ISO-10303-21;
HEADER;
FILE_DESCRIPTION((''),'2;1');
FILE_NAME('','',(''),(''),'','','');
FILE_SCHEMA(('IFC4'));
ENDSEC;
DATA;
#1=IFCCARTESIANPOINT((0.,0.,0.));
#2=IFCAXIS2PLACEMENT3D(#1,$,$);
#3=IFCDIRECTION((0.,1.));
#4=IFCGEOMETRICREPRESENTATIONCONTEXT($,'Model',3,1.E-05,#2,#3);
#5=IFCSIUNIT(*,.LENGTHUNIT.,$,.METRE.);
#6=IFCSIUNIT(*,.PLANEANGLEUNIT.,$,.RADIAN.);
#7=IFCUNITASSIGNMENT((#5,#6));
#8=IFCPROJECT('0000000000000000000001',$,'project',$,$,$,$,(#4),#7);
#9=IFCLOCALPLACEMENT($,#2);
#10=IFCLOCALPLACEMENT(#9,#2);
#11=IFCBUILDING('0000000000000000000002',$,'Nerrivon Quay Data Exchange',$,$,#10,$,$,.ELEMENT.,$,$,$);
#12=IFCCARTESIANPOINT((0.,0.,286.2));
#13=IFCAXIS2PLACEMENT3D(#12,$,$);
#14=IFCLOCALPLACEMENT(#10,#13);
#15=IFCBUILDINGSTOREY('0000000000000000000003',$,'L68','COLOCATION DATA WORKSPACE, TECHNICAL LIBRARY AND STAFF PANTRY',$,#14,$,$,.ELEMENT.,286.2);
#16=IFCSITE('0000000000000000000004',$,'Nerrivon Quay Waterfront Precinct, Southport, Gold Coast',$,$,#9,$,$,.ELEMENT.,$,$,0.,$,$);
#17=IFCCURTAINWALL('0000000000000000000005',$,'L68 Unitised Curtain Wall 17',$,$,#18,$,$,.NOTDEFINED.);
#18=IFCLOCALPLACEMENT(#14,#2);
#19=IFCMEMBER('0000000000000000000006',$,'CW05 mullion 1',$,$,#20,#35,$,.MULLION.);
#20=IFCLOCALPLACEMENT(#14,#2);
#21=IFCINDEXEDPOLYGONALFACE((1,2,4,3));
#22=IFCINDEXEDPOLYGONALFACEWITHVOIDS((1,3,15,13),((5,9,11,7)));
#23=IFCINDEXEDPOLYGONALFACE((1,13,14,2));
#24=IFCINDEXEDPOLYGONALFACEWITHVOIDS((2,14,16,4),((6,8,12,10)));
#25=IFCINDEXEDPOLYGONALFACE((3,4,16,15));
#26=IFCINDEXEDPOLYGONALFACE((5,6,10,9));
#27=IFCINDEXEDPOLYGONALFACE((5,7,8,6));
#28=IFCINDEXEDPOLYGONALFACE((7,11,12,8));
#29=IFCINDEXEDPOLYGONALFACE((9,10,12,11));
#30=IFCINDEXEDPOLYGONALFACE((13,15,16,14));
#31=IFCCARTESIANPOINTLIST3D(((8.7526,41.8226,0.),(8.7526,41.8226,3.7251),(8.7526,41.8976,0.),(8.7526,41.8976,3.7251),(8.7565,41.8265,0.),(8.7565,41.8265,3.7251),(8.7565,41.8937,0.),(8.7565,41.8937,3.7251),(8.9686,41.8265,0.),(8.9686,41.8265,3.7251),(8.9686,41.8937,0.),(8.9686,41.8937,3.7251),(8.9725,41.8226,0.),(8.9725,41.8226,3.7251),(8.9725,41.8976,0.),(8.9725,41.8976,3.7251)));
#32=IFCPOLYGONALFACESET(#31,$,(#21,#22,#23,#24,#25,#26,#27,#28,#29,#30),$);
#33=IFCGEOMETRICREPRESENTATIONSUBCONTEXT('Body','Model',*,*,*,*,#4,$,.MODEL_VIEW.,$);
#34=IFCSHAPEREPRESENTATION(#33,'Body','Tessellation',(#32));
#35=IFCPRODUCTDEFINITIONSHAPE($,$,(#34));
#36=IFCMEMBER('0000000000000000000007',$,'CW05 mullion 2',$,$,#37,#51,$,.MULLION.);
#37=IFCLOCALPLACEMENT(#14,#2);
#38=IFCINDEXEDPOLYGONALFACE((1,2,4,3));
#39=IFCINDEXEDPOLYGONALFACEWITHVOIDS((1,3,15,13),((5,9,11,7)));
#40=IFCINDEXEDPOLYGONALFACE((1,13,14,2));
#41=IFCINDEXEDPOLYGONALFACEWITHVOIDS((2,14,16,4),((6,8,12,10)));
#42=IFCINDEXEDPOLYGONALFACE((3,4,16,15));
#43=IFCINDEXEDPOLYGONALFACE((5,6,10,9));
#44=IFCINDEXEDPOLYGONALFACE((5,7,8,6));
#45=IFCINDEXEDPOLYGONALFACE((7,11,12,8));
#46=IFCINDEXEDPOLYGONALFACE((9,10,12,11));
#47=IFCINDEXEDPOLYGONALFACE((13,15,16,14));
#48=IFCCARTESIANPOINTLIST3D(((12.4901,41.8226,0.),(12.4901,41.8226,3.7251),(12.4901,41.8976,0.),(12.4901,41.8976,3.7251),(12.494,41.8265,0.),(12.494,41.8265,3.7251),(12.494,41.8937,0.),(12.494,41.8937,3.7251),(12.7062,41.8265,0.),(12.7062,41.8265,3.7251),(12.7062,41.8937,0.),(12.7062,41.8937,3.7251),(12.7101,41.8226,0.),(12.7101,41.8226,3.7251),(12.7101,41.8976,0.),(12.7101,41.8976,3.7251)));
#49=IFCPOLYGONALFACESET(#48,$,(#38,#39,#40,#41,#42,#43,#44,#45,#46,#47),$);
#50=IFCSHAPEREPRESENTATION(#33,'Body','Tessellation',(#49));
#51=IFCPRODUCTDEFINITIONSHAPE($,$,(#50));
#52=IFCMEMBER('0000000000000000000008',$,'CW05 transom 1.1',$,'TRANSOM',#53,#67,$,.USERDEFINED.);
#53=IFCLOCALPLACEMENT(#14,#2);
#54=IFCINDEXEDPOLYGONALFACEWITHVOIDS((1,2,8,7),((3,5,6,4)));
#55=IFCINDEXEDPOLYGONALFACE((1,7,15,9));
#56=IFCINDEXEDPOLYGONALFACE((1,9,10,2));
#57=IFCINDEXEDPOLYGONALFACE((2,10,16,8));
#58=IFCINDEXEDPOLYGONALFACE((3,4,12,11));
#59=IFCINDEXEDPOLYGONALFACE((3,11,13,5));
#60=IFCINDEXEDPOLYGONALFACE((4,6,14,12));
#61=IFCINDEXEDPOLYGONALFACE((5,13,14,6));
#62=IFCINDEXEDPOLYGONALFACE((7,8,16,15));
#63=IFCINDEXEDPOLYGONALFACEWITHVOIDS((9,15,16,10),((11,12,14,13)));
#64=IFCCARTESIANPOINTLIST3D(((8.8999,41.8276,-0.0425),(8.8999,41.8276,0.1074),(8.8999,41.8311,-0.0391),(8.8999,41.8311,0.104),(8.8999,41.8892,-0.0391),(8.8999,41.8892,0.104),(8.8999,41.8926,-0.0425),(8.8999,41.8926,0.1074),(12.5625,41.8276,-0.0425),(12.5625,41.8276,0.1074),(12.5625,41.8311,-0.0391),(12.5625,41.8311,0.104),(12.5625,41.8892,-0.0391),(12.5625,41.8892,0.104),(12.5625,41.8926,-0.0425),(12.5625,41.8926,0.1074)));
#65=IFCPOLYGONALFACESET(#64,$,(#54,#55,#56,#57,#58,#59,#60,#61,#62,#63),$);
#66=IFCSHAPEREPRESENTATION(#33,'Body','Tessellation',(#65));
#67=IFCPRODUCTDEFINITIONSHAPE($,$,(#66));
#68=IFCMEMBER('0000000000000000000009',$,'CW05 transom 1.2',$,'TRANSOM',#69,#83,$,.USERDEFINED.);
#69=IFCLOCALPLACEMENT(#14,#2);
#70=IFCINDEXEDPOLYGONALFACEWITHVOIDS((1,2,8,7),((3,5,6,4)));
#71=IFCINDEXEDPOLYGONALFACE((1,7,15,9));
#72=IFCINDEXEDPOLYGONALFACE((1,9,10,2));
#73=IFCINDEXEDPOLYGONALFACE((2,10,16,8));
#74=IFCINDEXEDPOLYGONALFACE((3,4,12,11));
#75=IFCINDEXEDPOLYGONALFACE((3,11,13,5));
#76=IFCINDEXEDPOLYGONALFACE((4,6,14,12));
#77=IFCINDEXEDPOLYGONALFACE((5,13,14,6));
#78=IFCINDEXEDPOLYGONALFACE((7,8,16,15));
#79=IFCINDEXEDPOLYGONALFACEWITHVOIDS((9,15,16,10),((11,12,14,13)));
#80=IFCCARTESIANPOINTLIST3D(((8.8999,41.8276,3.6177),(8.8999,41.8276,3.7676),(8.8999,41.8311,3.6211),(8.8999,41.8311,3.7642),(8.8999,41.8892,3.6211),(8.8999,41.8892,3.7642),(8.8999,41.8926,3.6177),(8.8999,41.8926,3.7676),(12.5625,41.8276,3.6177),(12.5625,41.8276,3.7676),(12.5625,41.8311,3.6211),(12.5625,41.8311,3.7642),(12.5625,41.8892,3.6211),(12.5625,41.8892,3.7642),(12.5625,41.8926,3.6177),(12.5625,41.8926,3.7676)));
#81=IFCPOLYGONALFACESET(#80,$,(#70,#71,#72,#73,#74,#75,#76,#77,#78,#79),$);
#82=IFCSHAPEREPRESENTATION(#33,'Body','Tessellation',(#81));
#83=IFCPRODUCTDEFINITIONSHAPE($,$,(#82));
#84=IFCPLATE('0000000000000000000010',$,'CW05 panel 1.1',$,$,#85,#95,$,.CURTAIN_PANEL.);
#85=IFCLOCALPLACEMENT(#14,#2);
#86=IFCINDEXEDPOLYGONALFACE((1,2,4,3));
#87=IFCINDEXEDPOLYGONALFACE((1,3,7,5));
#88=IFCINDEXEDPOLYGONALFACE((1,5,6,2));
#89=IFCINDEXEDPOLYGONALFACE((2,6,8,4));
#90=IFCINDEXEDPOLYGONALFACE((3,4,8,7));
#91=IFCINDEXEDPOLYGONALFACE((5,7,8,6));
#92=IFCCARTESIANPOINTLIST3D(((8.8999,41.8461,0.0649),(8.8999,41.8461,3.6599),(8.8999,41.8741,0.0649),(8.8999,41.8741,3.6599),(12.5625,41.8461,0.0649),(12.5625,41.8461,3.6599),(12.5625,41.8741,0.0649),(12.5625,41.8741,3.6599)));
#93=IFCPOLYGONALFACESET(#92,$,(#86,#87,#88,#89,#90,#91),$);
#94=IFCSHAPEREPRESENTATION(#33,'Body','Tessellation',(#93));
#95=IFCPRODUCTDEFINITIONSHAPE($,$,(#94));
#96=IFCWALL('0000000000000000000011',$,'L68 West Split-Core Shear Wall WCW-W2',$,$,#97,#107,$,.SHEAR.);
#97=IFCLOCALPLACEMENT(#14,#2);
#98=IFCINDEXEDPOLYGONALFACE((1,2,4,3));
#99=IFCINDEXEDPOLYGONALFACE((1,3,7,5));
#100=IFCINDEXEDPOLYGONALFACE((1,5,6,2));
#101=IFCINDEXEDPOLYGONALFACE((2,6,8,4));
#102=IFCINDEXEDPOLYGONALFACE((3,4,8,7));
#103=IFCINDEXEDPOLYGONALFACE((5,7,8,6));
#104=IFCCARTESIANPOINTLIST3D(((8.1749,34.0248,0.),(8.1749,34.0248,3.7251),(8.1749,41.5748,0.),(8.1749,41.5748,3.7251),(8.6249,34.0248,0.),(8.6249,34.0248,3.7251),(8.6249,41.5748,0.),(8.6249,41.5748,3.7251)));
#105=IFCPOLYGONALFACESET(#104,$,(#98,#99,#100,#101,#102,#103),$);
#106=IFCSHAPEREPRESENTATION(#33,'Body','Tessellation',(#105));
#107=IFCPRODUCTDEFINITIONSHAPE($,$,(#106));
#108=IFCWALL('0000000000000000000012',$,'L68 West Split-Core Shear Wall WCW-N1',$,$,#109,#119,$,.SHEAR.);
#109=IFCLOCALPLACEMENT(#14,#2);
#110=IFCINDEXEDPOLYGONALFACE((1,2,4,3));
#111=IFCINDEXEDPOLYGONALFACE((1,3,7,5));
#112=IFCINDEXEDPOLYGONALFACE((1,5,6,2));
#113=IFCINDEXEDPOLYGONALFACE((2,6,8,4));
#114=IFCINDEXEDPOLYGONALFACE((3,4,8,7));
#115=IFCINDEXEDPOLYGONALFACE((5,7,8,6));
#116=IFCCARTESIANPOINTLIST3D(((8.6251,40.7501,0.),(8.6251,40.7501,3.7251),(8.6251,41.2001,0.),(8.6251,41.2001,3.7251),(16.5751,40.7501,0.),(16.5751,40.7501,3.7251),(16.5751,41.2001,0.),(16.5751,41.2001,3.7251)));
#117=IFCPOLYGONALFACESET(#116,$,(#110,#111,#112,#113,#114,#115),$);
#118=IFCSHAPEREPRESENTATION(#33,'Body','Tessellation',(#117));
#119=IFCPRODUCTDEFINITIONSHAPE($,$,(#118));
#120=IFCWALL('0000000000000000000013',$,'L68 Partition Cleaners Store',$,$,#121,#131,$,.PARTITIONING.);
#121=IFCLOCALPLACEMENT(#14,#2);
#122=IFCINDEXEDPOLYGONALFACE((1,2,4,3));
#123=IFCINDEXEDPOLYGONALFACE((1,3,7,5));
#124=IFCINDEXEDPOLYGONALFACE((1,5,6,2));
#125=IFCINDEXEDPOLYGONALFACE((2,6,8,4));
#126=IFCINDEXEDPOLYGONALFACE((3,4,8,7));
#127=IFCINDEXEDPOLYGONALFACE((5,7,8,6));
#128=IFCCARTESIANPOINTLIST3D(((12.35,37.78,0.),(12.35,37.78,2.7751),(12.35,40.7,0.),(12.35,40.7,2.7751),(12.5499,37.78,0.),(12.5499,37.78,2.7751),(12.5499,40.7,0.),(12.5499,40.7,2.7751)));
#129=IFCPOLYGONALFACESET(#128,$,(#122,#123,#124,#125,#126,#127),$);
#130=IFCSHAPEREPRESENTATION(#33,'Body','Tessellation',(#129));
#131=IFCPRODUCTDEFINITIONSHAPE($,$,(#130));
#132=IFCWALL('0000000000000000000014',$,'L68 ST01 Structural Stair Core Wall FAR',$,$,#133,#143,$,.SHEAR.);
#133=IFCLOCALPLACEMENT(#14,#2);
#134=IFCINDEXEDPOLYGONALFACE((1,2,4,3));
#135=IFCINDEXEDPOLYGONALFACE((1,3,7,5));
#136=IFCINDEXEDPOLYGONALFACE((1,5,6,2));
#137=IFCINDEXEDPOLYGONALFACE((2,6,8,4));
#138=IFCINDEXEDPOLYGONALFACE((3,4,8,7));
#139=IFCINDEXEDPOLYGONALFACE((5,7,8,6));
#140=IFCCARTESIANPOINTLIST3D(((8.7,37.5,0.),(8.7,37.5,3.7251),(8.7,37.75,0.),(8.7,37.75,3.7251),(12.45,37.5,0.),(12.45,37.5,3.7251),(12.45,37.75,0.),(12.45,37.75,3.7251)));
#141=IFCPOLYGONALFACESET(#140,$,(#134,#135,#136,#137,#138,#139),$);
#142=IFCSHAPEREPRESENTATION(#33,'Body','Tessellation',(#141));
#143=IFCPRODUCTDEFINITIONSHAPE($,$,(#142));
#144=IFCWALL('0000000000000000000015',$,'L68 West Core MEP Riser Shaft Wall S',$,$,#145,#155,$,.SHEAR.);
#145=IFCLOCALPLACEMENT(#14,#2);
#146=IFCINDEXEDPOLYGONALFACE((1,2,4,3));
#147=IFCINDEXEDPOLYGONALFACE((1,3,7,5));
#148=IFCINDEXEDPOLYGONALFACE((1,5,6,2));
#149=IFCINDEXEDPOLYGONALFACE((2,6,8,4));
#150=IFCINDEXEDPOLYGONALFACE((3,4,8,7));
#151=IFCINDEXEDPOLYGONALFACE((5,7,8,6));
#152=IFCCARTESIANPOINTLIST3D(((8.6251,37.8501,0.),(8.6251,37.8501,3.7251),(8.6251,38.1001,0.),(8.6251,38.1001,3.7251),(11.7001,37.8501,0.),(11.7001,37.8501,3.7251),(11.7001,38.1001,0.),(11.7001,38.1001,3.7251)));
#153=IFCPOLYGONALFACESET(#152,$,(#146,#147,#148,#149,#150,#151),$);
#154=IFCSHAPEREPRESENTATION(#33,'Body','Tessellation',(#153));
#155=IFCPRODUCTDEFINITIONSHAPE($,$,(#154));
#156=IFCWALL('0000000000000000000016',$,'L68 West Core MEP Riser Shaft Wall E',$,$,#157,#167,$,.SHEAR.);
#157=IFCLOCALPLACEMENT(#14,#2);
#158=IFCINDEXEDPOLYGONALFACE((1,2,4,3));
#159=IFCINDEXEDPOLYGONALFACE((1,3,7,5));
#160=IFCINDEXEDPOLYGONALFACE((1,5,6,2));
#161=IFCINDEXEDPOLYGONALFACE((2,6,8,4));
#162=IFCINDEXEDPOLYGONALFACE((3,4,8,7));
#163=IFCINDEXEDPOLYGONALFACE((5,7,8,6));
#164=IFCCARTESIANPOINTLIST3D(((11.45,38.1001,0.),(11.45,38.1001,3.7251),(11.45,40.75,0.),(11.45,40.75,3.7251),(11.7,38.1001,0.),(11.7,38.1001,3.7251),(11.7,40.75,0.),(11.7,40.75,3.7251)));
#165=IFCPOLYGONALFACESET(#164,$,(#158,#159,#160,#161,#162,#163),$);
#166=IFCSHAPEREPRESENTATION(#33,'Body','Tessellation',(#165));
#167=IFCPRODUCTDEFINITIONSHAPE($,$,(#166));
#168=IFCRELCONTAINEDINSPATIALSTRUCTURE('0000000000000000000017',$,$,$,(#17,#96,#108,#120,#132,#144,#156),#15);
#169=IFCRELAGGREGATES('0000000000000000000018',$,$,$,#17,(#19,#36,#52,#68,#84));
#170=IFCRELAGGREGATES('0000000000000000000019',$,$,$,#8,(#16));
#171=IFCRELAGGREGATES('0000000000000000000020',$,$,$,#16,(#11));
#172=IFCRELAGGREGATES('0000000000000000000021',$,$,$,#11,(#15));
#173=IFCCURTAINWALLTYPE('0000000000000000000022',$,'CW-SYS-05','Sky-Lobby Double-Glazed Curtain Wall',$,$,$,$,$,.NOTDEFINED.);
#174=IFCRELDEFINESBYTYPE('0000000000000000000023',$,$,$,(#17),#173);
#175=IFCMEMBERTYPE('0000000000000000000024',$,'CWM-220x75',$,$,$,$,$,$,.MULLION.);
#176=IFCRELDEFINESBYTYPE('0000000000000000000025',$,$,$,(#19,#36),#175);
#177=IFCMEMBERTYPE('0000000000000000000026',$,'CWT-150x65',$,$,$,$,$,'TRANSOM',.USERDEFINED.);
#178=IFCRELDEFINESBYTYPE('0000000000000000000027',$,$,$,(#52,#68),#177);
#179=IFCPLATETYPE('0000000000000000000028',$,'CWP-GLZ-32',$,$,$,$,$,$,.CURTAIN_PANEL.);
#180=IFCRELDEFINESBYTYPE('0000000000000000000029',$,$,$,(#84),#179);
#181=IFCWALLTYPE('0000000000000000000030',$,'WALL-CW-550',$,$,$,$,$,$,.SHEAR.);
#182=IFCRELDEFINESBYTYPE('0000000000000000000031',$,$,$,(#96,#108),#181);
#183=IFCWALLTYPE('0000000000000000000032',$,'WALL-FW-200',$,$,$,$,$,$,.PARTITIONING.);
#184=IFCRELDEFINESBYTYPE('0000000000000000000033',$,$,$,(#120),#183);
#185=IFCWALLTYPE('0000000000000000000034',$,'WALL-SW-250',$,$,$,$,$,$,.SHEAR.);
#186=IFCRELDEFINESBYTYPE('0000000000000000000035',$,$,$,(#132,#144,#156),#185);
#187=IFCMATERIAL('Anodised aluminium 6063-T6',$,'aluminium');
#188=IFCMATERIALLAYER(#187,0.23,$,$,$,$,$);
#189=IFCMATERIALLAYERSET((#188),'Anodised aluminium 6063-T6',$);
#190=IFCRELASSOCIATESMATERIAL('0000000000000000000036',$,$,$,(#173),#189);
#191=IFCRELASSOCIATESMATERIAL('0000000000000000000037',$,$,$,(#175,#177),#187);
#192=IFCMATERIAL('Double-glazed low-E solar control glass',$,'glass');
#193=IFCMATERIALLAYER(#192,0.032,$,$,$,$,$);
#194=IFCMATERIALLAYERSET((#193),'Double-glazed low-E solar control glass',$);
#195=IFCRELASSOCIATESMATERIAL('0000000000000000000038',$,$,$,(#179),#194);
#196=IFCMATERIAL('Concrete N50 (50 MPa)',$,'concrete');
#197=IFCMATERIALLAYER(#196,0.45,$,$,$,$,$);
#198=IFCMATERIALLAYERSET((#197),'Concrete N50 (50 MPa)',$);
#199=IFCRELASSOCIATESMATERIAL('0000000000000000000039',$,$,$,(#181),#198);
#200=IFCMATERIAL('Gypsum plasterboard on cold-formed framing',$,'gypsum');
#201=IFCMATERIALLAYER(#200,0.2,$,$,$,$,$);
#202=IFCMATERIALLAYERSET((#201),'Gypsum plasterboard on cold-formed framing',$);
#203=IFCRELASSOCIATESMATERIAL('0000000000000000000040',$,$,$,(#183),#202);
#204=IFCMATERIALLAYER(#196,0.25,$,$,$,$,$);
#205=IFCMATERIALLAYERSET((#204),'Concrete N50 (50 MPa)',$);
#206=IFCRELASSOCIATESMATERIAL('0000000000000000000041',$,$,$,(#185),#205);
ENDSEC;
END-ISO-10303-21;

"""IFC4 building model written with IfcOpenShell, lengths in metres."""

from ifc_helpers import new_model, si_unit, direction, frame, frame_2d, origin, origin_2d, place, context, subcontext, project, spatial, rectangle, hollow_rectangle, extrude, material, layer, layer_set, material_profile, profile_set, type_object, element, aggregate, save


model = new_model("IFC4")

# Units and contexts
model_context = context("Model", 3, precision=1e-05, world=origin(), true_north=direction((0.0, 1.0)))
body_context = subcontext(model_context, "Body", "Model", "MODEL_VIEW")
ifc_project = project(units=[si_unit("LENGTHUNIT", "METRE"), si_unit("PLANEANGLEUNIT", "RADIAN")], contexts=[model_context])

# Site, building, storey
site_placement = place(None, origin())
site = spatial("IfcSite", under=ifc_project, at=site_placement, Name="Nerrivon Quay Waterfront Precinct, Southport, Gold Coast", CompositionType="ELEMENT", RefElevation=0.0)
building_placement = place(site_placement, origin())
building = spatial("IfcBuilding", under=site, at=building_placement, Name="Nerrivon Quay Data Exchange", CompositionType="ELEMENT")
storey_placement = place(building_placement, frame((0.0, 0.0, 286.2)))
storey = spatial("IfcBuildingStorey", under=building, at=storey_placement, Name="L68", Description="COLOCATION DATA WORKSPACE, TECHNICAL LIBRARY AND STAFF PANTRY", CompositionType="ELEMENT", Elevation=286.2)

# Shared definitions
ifc_material_1 = material(Name="Concrete N50 (50 MPa)", Category="concrete")

# Shared definitions
ifc_material_2 = material(Name="Anodised aluminium 6063-T6", Category="aluminium")
ifc_layer_1 = layer(ifc_material_2, 0.23)
ifc_layer_set_1 = layer_set([ifc_layer_1], Name="Anodised aluminium 6063-T6")
curtain_wall_type = type_object("IfcCurtainWallType", Name="CW-SYS-05", Description="Sky-Lobby Double-Glazed Curtain Wall", PredefinedType="NOTDEFINED", material=ifc_layer_set_1)
ifc_material_profile_1 = material_profile(ifc_material_2, hollow_rectangle(XDim=0.075, YDim=0.22, WallThickness=0.0039, at=origin_2d()), Name="ALU-MULL-220x75")
ifc_profile_set_1 = profile_set([ifc_material_profile_1], Name="Anodised aluminium 6063-T6")
member_type_1 = type_object("IfcMemberType", Name="CWM-220x75", PredefinedType="MULLION", material=ifc_profile_set_1)

# Curtain wall, members, plate
curtain_wall_1_placement = place(storey_placement, origin())
curtain_wall_1 = element("IfcCurtainWall", 1, at=curtain_wall_1_placement, inside=storey, type_object=curtain_wall_type, Name="L68 Unitised Curtain Wall 17", PredefinedType="NOTDEFINED")
member_1_placement = place(storey_placement, frame((8.8625, 41.8601, 0.0), z_axis=(0.0, 0.0, 1.0), x_axis=(0.0, 1.0, 0.0)))
member_1 = element("IfcMember", 2, at=member_1_placement, type_object=member_type_1, Name="CW05 mullion 1", PredefinedType="MULLION", context=body_context, shape_type="SweptSolid", body=[
    extrude(hollow_rectangle(XDim=0.075, YDim=0.22, WallThickness=0.0039, at=origin_2d()), origin(), (0.0, 0.0, 1.0), 3.7251),
])
member_2_placement = place(storey_placement, frame((12.6001, 41.8601, 0.0), z_axis=(0.0, 0.0, 1.0), x_axis=(0.0, 1.0, 0.0)))
member_2 = element("IfcMember", 3, at=member_2_placement, type_object=member_type_1, Name="CW05 mullion 2", PredefinedType="MULLION", context=body_context, shape_type="SweptSolid", body=[
    extrude(hollow_rectangle(XDim=0.075, YDim=0.22, WallThickness=0.0039, at=origin_2d()), origin(), (0.0, 0.0, 1.0), 3.7251),
])
ifc_material_profile_2 = material_profile(ifc_material_2, hollow_rectangle(XDim=0.0649, YDim=0.1499, WallThickness=0.0034, at=origin_2d()), Name="ALU-TRAN-150x65")
ifc_profile_set_2 = profile_set([ifc_material_profile_2], Name="Anodised aluminium 6063-T6")
member_type_2 = type_object("IfcMemberType", Name="CWT-150x65", ElementType="TRANSOM", PredefinedType="USERDEFINED", material=ifc_profile_set_2)
member_3_placement = place(storey_placement, frame((8.8999, 41.8601, 0.0325), z_axis=(1.0, 0.0, 0.0), x_axis=(0.0, 1.0, 0.0)))
member_3 = element("IfcMember", 4, at=member_3_placement, type_object=member_type_2, Name="CW05 transom 1.1", ObjectType="TRANSOM", PredefinedType="USERDEFINED", context=body_context, shape_type="SweptSolid", body=[
    extrude(hollow_rectangle(XDim=0.0649, YDim=0.1499, WallThickness=0.0034, at=origin_2d()), origin(), (0.0, 0.0, 1.0), 3.6626),
])
member_4_placement = place(storey_placement, frame((8.8999, 41.8601, 3.6926), z_axis=(1.0, 0.0, 0.0), x_axis=(0.0, 1.0, 0.0)))
member_4 = element("IfcMember", 5, at=member_4_placement, type_object=member_type_2, Name="CW05 transom 1.2", ObjectType="TRANSOM", PredefinedType="USERDEFINED", context=body_context, shape_type="SweptSolid", body=[
    extrude(hollow_rectangle(XDim=0.0649, YDim=0.1499, WallThickness=0.0034, at=origin_2d()), origin(), (0.0, 0.0, 1.0), 3.6626),
])
ifc_material_3 = material(Name="Double-glazed low-E solar control glass", Category="glass")
ifc_layer_2 = layer(ifc_material_3, 0.032)
ifc_layer_set_2 = layer_set([ifc_layer_2], Name="Double-glazed low-E solar control glass")
plate_type = type_object("IfcPlateType", Name="CWP-GLZ-32", PredefinedType="CURTAIN_PANEL", material=ifc_layer_set_2)
plate_placement = place(storey_placement, frame((10.7312, 41.8601, 0.0649), z_axis=(0.0, 0.0, 1.0), x_axis=(1.0, 0.0, 0.0)))
plate = element("IfcPlate", 6, at=plate_placement, type_object=plate_type, Name="CW05 panel 1.1", PredefinedType="CURTAIN_PANEL", context=body_context, shape_type="SweptSolid", body=[
    extrude(rectangle(XDim=3.6626, YDim=0.0281, at=origin_2d()), origin(), (0.0, 0.0, 1.0), 3.595),
])
aggregate(curtain_wall_1, [member_1, member_2, member_3, member_4, plate])

# Walls
ifc_layer_3 = layer(ifc_material_1, 0.45)
ifc_layer_set_3 = layer_set([ifc_layer_3], Name="Concrete N50 (50 MPa)")
wall_type_1 = type_object("IfcWallType", Name="WALL-CW-550", PredefinedType="SHEAR", material=ifc_layer_set_3)
wall_1_placement = place(storey_placement, frame((8.3999, 34.0249, 0.0), z_axis=(0.0, 0.0, 1.0), x_axis=(0.0, 1.0, 0.0)))
element("IfcWall", 7, at=wall_1_placement, inside=storey, type_object=wall_type_1, Name="L68 West Split-Core Shear Wall WCW-W2", PredefinedType="SHEAR", context=body_context, shape_type="SweptSolid", body=[
    extrude(rectangle(XDim=7.55, YDim=0.45, at=frame_2d((3.7749, 0.0))), origin(), (0.0, 0.0, 1.0), 3.7251),
])
wall_2_placement = place(storey_placement, frame((8.625, 40.9751, 0.0), z_axis=(0.0, 0.0, 1.0), x_axis=(1.0, 0.0, 0.0)))
element("IfcWall", 8, at=wall_2_placement, inside=storey, type_object=wall_type_1, Name="L68 West Split-Core Shear Wall WCW-N1", PredefinedType="SHEAR", context=body_context, shape_type="SweptSolid", body=[
    extrude(rectangle(XDim=7.95, YDim=0.45, at=frame_2d((3.9751, 0.0))), origin(), (0.0, 0.0, 1.0), 3.7251),
])
ifc_material_4 = material(Name="Gypsum plasterboard on cold-formed framing", Category="gypsum")
ifc_layer_4 = layer(ifc_material_4, 0.2)
ifc_layer_set_4 = layer_set([ifc_layer_4], Name="Gypsum plasterboard on cold-formed framing")
wall_type_2 = type_object("IfcWallType", Name="WALL-FW-200", PredefinedType="PARTITIONING", material=ifc_layer_set_4)
wall_3_placement = place(storey_placement, frame((12.45, 40.7, 0.0), z_axis=(0.0, 0.0, 1.0), x_axis=(0.0, -1.0, 0.0)))
element("IfcWall", 9, at=wall_3_placement, inside=storey, type_object=wall_type_2, Name="L68 Partition Cleaners Store", PredefinedType="PARTITIONING", context=body_context, shape_type="SweptSolid", body=[
    extrude(rectangle(XDim=2.9199, YDim=0.2, at=frame_2d((1.46, 0.0))), origin(), (0.0, 0.0, 1.0), 2.7751),
])
ifc_layer_5 = layer(ifc_material_1, 0.25)
ifc_layer_set_5 = layer_set([ifc_layer_5], Name="Concrete N50 (50 MPa)")
wall_type_3 = type_object("IfcWallType", Name="WALL-SW-250", PredefinedType="SHEAR", material=ifc_layer_set_5)
wall_4_placement = place(storey_placement, frame((12.45, 37.625, 0.0), z_axis=(0.0, 0.0, 1.0), x_axis=(-1.0, 0.0, 0.0)))
element("IfcWall", 10, at=wall_4_placement, inside=storey, type_object=wall_type_3, Name="L68 ST01 Structural Stair Core Wall FAR", PredefinedType="SHEAR", context=body_context, shape_type="SweptSolid", body=[
    extrude(rectangle(XDim=3.75, YDim=0.25, at=frame_2d((1.875, 0.0))), origin(), (0.0, 0.0, 1.0), 3.7251),
])
wall_5_placement = place(storey_placement, frame((8.625, 37.9751, 0.0), z_axis=(0.0, 0.0, 1.0), x_axis=(1.0, 0.0, 0.0)))
element("IfcWall", 11, at=wall_5_placement, inside=storey, type_object=wall_type_3, Name="L68 West Core MEP Riser Shaft Wall S", PredefinedType="SHEAR", context=body_context, shape_type="SweptSolid", body=[
    extrude(rectangle(XDim=3.075, YDim=0.25, at=frame_2d((1.5376, 0.0))), origin(), (0.0, 0.0, 1.0), 3.7251),
])
wall_6_placement = place(storey_placement, frame((11.575, 38.1001, 0.0), z_axis=(0.0, 0.0, 1.0), x_axis=(0.0, 1.0, 0.0)))
element("IfcWall", 12, at=wall_6_placement, inside=storey, type_object=wall_type_3, Name="L68 West Core MEP Riser Shaft Wall E", PredefinedType="SHEAR", context=body_context, shape_type="SweptSolid", body=[
    extrude(rectangle(XDim=2.6499, YDim=0.25, at=frame_2d((1.325, 0.0))), origin(), (0.0, 0.0, 1.0), 3.7251),
])

save(model, "model.ifc")
